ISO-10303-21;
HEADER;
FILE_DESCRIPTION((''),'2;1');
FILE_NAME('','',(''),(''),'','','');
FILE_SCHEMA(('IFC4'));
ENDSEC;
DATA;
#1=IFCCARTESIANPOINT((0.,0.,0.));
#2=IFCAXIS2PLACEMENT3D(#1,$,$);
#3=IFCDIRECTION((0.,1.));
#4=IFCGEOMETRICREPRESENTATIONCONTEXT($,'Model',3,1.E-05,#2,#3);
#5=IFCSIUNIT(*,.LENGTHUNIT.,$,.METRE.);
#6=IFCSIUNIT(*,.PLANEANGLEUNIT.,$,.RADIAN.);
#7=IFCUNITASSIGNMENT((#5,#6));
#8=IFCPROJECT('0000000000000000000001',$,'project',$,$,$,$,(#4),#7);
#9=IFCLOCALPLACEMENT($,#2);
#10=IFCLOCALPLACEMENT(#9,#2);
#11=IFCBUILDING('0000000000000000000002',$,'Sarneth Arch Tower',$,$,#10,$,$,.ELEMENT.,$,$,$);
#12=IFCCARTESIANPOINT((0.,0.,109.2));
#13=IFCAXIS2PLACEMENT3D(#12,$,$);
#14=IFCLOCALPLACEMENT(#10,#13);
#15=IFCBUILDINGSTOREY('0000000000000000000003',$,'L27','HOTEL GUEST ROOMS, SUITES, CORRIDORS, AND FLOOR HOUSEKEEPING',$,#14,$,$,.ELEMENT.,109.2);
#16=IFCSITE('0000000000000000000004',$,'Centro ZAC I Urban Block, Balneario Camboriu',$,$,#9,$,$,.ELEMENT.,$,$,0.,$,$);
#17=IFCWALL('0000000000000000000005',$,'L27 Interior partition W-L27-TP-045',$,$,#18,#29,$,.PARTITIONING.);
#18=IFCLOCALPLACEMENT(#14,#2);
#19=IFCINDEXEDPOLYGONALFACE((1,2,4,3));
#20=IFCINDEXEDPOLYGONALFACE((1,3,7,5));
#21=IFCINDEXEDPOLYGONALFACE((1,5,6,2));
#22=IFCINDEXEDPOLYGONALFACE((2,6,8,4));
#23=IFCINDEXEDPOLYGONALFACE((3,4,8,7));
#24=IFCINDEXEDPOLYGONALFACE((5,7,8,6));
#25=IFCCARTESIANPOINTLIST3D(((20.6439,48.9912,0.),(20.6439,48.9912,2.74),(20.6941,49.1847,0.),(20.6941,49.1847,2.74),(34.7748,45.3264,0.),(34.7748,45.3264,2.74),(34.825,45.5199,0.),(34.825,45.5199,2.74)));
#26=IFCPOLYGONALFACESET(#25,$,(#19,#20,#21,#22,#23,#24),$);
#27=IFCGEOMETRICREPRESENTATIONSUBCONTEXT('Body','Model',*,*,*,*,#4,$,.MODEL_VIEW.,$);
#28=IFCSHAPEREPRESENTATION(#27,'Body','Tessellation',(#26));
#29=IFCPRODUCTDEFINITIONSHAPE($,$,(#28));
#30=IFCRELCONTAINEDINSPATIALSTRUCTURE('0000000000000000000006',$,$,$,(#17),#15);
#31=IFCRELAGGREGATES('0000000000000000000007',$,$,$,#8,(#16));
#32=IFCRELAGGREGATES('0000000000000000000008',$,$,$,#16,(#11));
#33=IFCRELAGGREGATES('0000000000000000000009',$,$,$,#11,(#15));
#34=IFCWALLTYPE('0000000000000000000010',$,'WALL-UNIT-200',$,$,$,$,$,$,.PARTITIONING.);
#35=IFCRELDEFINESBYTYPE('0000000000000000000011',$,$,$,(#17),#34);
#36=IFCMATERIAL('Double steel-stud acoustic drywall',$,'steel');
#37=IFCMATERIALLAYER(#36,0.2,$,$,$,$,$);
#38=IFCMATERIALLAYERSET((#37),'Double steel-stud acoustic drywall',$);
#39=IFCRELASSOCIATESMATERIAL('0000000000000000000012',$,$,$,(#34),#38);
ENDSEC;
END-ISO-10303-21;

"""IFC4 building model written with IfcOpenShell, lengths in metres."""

from ifc_helpers import new_model, si_unit, direction, frame, frame_2d, origin, place, context, subcontext, project, spatial, rectangle, extrude, material, layer, layer_set, type_object, element, save


model = new_model("IFC4")

# Units and contexts
model_context = context("Model", 3, precision=1e-05, world=origin(), true_north=direction((0.0, 1.0)))
body_context = subcontext(model_context, "Body", "Model", "MODEL_VIEW")
ifc_project = project(units=[si_unit("LENGTHUNIT", "METRE"), si_unit("PLANEANGLEUNIT", "RADIAN")], contexts=[model_context])

# Site, building, storey
site_placement = place(None, origin())
site = spatial("IfcSite", under=ifc_project, at=site_placement, Name="Centro ZAC I Urban Block, Balneario Camboriu", CompositionType="ELEMENT", RefElevation=0.0)
building_placement = place(site_placement, origin())
building = spatial("IfcBuilding", under=site, at=building_placement, Name="Sarneth Arch Tower", CompositionType="ELEMENT")
storey_placement = place(building_placement, frame((0.0, 0.0, 109.2)))
storey = spatial("IfcBuildingStorey", under=building, at=storey_placement, Name="L27", Description="HOTEL GUEST ROOMS, SUITES, CORRIDORS, AND FLOOR HOUSEKEEPING", CompositionType="ELEMENT", Elevation=109.2)

# Wall
ifc_material_1 = material(Name="Double steel-stud acoustic drywall", Category="steel")
ifc_layer_1 = layer(ifc_material_1, 0.2)
ifc_layer_set_1 = layer_set([ifc_layer_1], Name="Double steel-stud acoustic drywall")
wall_type_1 = type_object("IfcWallType", Name="WALL-UNIT-200", PredefinedType="PARTITIONING", material=ifc_layer_set_1)
wall_1_placement = place(storey_placement, frame((34.8, 45.4231, 0.0), z_axis=(0.0, 0.0, 1.0), x_axis=(-0.967976, 0.251042, 0.0)))
element("IfcWall", 1, at=wall_1_placement, inside=storey, type_object=wall_type_1, Name="L27 Interior partition W-L27-TP-045", PredefinedType="PARTITIONING", context=body_context, shape_type="SweptSolid", body=[
    extrude(rectangle(XDim=14.5984, YDim=0.2, at=frame_2d((7.2993, 0.0))), origin(), (0.0, 0.0, 1.0), 2.74),
])

save(model, "model.ifc")
